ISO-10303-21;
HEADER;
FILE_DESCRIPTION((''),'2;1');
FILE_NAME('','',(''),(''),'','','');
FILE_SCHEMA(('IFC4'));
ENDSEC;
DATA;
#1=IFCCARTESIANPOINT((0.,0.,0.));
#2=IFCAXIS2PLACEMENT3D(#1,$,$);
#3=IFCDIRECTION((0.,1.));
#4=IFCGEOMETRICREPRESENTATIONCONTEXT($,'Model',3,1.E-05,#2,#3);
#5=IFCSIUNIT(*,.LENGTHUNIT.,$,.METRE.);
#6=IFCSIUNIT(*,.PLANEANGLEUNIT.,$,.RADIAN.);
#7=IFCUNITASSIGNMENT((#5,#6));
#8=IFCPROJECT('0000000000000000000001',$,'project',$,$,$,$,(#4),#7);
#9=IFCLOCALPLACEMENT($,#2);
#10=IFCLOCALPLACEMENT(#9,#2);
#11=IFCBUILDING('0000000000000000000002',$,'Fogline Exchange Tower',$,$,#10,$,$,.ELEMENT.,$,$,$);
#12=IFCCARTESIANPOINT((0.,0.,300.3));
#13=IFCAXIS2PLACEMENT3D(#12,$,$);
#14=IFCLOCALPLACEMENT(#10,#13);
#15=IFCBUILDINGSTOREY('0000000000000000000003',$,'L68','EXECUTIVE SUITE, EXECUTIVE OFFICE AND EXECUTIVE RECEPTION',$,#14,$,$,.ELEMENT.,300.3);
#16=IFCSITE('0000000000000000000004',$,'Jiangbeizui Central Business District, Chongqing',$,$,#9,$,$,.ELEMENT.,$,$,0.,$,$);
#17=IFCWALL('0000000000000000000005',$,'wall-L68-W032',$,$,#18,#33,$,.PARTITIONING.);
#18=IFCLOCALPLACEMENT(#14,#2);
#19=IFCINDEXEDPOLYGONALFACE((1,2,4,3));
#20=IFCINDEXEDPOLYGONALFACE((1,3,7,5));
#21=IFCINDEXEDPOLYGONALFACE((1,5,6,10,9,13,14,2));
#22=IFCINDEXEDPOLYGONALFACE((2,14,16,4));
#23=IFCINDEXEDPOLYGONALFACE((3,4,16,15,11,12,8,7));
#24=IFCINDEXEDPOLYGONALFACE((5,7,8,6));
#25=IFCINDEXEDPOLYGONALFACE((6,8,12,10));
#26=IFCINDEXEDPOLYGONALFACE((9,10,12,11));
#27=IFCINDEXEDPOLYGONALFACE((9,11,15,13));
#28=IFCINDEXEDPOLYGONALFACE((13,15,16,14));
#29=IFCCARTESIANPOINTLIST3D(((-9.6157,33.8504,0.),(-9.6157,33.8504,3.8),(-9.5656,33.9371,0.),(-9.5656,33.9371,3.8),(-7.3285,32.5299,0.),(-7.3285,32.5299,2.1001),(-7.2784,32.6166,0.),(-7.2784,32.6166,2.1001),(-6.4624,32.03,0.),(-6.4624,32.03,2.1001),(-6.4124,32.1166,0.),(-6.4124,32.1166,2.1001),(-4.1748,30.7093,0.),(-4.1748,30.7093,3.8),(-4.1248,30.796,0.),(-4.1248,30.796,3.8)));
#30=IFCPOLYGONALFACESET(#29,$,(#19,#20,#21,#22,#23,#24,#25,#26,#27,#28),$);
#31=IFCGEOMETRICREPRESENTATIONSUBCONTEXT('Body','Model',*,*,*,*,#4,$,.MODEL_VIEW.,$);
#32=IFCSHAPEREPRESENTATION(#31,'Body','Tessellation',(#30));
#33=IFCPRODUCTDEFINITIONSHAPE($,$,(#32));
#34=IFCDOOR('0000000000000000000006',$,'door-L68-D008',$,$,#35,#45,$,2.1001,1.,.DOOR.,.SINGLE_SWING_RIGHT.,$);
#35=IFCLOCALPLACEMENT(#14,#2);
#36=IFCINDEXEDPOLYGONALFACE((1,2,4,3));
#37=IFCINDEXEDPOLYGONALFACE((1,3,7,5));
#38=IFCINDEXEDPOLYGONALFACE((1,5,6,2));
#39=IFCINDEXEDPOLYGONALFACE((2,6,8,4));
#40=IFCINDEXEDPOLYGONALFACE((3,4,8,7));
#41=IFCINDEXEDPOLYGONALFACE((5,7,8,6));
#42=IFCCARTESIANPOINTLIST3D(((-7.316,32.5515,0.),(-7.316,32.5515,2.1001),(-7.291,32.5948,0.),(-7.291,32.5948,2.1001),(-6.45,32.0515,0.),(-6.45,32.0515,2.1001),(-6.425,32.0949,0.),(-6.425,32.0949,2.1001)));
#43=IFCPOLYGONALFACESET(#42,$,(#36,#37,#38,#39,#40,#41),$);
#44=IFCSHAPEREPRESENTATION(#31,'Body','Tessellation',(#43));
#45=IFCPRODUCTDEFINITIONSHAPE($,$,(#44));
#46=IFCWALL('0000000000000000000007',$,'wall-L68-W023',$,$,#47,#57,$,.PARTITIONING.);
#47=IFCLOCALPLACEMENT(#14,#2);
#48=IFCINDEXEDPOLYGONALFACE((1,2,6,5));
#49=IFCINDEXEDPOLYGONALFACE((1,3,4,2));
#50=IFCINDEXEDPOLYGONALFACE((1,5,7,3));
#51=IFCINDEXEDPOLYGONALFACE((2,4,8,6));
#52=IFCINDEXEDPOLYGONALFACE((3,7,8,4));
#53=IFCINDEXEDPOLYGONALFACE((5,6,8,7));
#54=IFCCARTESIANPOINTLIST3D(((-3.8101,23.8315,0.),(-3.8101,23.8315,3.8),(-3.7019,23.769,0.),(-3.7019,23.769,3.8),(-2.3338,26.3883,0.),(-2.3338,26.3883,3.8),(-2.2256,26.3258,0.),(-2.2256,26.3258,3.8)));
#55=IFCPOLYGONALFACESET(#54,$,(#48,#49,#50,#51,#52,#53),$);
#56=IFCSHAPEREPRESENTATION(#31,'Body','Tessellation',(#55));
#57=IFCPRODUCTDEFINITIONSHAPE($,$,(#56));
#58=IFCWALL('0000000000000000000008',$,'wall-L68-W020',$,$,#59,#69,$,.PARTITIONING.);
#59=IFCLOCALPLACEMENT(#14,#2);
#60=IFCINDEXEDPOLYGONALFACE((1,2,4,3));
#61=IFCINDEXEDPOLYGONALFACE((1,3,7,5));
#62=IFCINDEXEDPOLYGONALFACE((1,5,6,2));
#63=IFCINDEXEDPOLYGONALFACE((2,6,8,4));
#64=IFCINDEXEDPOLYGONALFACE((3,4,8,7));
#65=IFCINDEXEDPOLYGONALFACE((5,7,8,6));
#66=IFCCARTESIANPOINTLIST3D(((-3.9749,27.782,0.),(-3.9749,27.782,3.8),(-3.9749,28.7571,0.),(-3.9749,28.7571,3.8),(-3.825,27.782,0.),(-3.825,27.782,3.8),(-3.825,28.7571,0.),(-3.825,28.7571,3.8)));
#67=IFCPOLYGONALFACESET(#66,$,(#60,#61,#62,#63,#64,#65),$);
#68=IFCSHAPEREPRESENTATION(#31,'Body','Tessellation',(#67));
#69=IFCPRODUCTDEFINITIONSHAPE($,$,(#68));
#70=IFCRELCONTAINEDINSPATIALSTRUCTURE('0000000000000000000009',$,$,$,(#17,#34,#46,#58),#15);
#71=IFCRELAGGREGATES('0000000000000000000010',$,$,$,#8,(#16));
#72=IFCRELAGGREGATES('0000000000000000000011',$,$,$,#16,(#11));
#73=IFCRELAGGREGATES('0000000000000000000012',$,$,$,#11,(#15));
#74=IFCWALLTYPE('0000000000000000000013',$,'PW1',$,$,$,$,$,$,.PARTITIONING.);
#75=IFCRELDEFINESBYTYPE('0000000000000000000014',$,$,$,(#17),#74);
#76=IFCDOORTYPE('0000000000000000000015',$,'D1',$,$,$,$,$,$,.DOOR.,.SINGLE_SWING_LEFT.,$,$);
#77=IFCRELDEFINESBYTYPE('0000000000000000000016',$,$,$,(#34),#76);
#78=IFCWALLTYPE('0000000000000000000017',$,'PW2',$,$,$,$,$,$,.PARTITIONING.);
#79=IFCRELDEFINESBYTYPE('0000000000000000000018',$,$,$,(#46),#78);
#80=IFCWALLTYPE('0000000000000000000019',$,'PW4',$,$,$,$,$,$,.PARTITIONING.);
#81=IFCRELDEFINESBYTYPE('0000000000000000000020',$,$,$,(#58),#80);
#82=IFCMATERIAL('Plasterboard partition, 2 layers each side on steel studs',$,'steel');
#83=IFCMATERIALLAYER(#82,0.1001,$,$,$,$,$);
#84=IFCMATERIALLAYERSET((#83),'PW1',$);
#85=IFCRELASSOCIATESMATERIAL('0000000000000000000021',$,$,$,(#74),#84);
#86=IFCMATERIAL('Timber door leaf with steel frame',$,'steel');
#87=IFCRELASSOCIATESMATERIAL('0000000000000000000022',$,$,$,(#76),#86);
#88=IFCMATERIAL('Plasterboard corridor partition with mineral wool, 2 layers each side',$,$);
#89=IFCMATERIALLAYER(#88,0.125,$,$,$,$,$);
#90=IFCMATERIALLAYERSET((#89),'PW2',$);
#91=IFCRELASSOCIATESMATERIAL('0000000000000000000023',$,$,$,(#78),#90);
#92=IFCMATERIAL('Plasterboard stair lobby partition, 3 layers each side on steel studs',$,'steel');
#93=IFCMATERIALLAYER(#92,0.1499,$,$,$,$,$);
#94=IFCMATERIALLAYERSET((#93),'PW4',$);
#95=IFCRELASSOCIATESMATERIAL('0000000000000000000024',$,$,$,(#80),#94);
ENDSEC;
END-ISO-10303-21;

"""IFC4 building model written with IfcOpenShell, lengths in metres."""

from ifc_helpers import new_model, si_unit, direction, frame, frame_2d, origin, place, context, subcontext, project, spatial, rectangle, extrude, material, layer, layer_set, type_object, element, fill, save


model = new_model("IFC4")

# Units and contexts
model_context = context("Model", 3, precision=1e-05, world=origin(), true_north=direction((0.0, 1.0)))
body_context = subcontext(model_context, "Body", "Model", "MODEL_VIEW")
ifc_project = project(units=[si_unit("LENGTHUNIT", "METRE"), si_unit("PLANEANGLEUNIT", "RADIAN")], contexts=[model_context])

# Site, building, storey
site_placement = place(None, origin())
site = spatial("IfcSite", under=ifc_project, at=site_placement, Name="Jiangbeizui Central Business District, Chongqing", CompositionType="ELEMENT", RefElevation=0.0)
building_placement = place(site_placement, origin())
building = spatial("IfcBuilding", under=site, at=building_placement, Name="Fogline Exchange Tower", CompositionType="ELEMENT")
storey_placement = place(building_placement, frame((0.0, 0.0, 300.3)))
storey = spatial("IfcBuildingStorey", under=building, at=storey_placement, Name="L68", Description="EXECUTIVE SUITE, EXECUTIVE OFFICE AND EXECUTIVE RECEPTION", CompositionType="ELEMENT", Elevation=300.3)

# Wall, opening, door
ifc_material_1 = material(Name="Plasterboard partition, 2 layers each side on steel studs", Category="steel")
ifc_layer_1 = layer(ifc_material_1, 0.1001)
ifc_layer_set_1 = layer_set([ifc_layer_1], Name="PW1")
wall_type_1 = type_object("IfcWallType", Name="PW1", PredefinedType="PARTITIONING", material=ifc_layer_set_1)
wall_1_placement = place(storey_placement, frame((-4.1499, 30.7527, 0.0), z_axis=(0.0, 0.0, 1.0), x_axis=(-0.866039, 0.499976, 0.0)))
wall_1 = element("IfcWall", 1, at=wall_1_placement, inside=storey, type_object=wall_type_1, Name="wall-L68-W032", PredefinedType="PARTITIONING", context=body_context, shape_type="SweptSolid", body=[
    extrude(rectangle(XDim=6.2825, YDim=0.1001, at=frame_2d((3.1411, 0.0))), origin(), (0.0, 0.0, 1.0), 3.8),
])
opening_1_placement = place(wall_1_placement, frame((2.6414, 0.0, 0.0)))
opening_1 = element("IfcOpeningElement", 2, at=opening_1_placement, cuts=wall_1, PredefinedType="OPENING", context=body_context, shape_type="SweptSolid", body=[
    extrude(rectangle(XDim=1.0, YDim=2.1001, at=frame_2d((0.5, 1.05))), frame((0.0, 0.0601, 0.0), z_axis=(0.0, -1.0, 0.0), x_axis=(1.0, 0.0, 0.0)), (0.0, 0.0, 1.0), 0.1201),
])
ifc_material_2 = material(Name="Timber door leaf with steel frame", Category="steel")
door_type_1 = type_object("IfcDoorType", Name="D1", OperationType="SINGLE_SWING_LEFT", PredefinedType="DOOR", material=ifc_material_2)
door_1_placement = place(opening_1_placement, frame((1.0, 0.0, 0.0), z_axis=(0.0, 0.0, 1.0), x_axis=(-1.0, 0.0, 0.0)))
door_1 = element("IfcDoor", 3, at=door_1_placement, inside=storey, type_object=door_type_1, Name="door-L68-D008", OperationType="SINGLE_SWING_RIGHT", OverallHeight=2.1001, OverallWidth=1.0, PredefinedType="DOOR", context=body_context, shape_type="SweptSolid", body=[
    extrude(rectangle(XDim=1.0, YDim=2.1001, at=frame_2d((0.5, 1.05))), frame((0.0, 0.0249, 0.0), z_axis=(0.0, -1.0, 0.0), x_axis=(1.0, 0.0, 0.0)), (0.0, 0.0, 1.0), 0.05),
])
fill(opening_1, door_1)

# Walls
ifc_material_3 = material(Name="Plasterboard corridor partition with mineral wool, 2 layers each side")
ifc_layer_2 = layer(ifc_material_3, 0.125)
ifc_layer_set_2 = layer_set([ifc_layer_2], Name="PW2")
wall_type_2 = type_object("IfcWallType", Name="PW2", PredefinedType="PARTITIONING", material=ifc_layer_set_2)
wall_2_placement = place(storey_placement, frame((-2.2798, 26.3569, 0.0), z_axis=(0.0, 0.0, 1.0), x_axis=(-0.500025, -0.866011, 0.0)))
element("IfcWall", 4, at=wall_2_placement, inside=storey, type_object=wall_type_2, Name="wall-L68-W023", PredefinedType="PARTITIONING", context=body_context, shape_type="SweptSolid", body=[
    extrude(rectangle(XDim=2.9524, YDim=0.125, at=frame_2d((1.4761, 0.0))), origin(), (0.0, 0.0, 1.0), 3.8),
])
ifc_material_4 = material(Name="Plasterboard stair lobby partition, 3 layers each side on steel studs", Category="steel")
ifc_layer_3 = layer(ifc_material_4, 0.1499)
ifc_layer_set_3 = layer_set([ifc_layer_3], Name="PW4")
wall_type_3 = type_object("IfcWallType", Name="PW4", PredefinedType="PARTITIONING", material=ifc_layer_set_3)
wall_3_placement = place(storey_placement, frame((-3.8999, 27.782, 0.0), z_axis=(0.0, 0.0, 1.0), x_axis=(0.0, 1.0, 0.0)))
element("IfcWall", 5, at=wall_3_placement, inside=storey, type_object=wall_type_3, Name="wall-L68-W020", PredefinedType="PARTITIONING", context=body_context, shape_type="SweptSolid", body=[
    extrude(rectangle(XDim=0.9751, YDim=0.1499, at=frame_2d((0.4875, 0.0))), origin(), (0.0, 0.0, 1.0), 3.8),
])

save(model, "model.ifc")
